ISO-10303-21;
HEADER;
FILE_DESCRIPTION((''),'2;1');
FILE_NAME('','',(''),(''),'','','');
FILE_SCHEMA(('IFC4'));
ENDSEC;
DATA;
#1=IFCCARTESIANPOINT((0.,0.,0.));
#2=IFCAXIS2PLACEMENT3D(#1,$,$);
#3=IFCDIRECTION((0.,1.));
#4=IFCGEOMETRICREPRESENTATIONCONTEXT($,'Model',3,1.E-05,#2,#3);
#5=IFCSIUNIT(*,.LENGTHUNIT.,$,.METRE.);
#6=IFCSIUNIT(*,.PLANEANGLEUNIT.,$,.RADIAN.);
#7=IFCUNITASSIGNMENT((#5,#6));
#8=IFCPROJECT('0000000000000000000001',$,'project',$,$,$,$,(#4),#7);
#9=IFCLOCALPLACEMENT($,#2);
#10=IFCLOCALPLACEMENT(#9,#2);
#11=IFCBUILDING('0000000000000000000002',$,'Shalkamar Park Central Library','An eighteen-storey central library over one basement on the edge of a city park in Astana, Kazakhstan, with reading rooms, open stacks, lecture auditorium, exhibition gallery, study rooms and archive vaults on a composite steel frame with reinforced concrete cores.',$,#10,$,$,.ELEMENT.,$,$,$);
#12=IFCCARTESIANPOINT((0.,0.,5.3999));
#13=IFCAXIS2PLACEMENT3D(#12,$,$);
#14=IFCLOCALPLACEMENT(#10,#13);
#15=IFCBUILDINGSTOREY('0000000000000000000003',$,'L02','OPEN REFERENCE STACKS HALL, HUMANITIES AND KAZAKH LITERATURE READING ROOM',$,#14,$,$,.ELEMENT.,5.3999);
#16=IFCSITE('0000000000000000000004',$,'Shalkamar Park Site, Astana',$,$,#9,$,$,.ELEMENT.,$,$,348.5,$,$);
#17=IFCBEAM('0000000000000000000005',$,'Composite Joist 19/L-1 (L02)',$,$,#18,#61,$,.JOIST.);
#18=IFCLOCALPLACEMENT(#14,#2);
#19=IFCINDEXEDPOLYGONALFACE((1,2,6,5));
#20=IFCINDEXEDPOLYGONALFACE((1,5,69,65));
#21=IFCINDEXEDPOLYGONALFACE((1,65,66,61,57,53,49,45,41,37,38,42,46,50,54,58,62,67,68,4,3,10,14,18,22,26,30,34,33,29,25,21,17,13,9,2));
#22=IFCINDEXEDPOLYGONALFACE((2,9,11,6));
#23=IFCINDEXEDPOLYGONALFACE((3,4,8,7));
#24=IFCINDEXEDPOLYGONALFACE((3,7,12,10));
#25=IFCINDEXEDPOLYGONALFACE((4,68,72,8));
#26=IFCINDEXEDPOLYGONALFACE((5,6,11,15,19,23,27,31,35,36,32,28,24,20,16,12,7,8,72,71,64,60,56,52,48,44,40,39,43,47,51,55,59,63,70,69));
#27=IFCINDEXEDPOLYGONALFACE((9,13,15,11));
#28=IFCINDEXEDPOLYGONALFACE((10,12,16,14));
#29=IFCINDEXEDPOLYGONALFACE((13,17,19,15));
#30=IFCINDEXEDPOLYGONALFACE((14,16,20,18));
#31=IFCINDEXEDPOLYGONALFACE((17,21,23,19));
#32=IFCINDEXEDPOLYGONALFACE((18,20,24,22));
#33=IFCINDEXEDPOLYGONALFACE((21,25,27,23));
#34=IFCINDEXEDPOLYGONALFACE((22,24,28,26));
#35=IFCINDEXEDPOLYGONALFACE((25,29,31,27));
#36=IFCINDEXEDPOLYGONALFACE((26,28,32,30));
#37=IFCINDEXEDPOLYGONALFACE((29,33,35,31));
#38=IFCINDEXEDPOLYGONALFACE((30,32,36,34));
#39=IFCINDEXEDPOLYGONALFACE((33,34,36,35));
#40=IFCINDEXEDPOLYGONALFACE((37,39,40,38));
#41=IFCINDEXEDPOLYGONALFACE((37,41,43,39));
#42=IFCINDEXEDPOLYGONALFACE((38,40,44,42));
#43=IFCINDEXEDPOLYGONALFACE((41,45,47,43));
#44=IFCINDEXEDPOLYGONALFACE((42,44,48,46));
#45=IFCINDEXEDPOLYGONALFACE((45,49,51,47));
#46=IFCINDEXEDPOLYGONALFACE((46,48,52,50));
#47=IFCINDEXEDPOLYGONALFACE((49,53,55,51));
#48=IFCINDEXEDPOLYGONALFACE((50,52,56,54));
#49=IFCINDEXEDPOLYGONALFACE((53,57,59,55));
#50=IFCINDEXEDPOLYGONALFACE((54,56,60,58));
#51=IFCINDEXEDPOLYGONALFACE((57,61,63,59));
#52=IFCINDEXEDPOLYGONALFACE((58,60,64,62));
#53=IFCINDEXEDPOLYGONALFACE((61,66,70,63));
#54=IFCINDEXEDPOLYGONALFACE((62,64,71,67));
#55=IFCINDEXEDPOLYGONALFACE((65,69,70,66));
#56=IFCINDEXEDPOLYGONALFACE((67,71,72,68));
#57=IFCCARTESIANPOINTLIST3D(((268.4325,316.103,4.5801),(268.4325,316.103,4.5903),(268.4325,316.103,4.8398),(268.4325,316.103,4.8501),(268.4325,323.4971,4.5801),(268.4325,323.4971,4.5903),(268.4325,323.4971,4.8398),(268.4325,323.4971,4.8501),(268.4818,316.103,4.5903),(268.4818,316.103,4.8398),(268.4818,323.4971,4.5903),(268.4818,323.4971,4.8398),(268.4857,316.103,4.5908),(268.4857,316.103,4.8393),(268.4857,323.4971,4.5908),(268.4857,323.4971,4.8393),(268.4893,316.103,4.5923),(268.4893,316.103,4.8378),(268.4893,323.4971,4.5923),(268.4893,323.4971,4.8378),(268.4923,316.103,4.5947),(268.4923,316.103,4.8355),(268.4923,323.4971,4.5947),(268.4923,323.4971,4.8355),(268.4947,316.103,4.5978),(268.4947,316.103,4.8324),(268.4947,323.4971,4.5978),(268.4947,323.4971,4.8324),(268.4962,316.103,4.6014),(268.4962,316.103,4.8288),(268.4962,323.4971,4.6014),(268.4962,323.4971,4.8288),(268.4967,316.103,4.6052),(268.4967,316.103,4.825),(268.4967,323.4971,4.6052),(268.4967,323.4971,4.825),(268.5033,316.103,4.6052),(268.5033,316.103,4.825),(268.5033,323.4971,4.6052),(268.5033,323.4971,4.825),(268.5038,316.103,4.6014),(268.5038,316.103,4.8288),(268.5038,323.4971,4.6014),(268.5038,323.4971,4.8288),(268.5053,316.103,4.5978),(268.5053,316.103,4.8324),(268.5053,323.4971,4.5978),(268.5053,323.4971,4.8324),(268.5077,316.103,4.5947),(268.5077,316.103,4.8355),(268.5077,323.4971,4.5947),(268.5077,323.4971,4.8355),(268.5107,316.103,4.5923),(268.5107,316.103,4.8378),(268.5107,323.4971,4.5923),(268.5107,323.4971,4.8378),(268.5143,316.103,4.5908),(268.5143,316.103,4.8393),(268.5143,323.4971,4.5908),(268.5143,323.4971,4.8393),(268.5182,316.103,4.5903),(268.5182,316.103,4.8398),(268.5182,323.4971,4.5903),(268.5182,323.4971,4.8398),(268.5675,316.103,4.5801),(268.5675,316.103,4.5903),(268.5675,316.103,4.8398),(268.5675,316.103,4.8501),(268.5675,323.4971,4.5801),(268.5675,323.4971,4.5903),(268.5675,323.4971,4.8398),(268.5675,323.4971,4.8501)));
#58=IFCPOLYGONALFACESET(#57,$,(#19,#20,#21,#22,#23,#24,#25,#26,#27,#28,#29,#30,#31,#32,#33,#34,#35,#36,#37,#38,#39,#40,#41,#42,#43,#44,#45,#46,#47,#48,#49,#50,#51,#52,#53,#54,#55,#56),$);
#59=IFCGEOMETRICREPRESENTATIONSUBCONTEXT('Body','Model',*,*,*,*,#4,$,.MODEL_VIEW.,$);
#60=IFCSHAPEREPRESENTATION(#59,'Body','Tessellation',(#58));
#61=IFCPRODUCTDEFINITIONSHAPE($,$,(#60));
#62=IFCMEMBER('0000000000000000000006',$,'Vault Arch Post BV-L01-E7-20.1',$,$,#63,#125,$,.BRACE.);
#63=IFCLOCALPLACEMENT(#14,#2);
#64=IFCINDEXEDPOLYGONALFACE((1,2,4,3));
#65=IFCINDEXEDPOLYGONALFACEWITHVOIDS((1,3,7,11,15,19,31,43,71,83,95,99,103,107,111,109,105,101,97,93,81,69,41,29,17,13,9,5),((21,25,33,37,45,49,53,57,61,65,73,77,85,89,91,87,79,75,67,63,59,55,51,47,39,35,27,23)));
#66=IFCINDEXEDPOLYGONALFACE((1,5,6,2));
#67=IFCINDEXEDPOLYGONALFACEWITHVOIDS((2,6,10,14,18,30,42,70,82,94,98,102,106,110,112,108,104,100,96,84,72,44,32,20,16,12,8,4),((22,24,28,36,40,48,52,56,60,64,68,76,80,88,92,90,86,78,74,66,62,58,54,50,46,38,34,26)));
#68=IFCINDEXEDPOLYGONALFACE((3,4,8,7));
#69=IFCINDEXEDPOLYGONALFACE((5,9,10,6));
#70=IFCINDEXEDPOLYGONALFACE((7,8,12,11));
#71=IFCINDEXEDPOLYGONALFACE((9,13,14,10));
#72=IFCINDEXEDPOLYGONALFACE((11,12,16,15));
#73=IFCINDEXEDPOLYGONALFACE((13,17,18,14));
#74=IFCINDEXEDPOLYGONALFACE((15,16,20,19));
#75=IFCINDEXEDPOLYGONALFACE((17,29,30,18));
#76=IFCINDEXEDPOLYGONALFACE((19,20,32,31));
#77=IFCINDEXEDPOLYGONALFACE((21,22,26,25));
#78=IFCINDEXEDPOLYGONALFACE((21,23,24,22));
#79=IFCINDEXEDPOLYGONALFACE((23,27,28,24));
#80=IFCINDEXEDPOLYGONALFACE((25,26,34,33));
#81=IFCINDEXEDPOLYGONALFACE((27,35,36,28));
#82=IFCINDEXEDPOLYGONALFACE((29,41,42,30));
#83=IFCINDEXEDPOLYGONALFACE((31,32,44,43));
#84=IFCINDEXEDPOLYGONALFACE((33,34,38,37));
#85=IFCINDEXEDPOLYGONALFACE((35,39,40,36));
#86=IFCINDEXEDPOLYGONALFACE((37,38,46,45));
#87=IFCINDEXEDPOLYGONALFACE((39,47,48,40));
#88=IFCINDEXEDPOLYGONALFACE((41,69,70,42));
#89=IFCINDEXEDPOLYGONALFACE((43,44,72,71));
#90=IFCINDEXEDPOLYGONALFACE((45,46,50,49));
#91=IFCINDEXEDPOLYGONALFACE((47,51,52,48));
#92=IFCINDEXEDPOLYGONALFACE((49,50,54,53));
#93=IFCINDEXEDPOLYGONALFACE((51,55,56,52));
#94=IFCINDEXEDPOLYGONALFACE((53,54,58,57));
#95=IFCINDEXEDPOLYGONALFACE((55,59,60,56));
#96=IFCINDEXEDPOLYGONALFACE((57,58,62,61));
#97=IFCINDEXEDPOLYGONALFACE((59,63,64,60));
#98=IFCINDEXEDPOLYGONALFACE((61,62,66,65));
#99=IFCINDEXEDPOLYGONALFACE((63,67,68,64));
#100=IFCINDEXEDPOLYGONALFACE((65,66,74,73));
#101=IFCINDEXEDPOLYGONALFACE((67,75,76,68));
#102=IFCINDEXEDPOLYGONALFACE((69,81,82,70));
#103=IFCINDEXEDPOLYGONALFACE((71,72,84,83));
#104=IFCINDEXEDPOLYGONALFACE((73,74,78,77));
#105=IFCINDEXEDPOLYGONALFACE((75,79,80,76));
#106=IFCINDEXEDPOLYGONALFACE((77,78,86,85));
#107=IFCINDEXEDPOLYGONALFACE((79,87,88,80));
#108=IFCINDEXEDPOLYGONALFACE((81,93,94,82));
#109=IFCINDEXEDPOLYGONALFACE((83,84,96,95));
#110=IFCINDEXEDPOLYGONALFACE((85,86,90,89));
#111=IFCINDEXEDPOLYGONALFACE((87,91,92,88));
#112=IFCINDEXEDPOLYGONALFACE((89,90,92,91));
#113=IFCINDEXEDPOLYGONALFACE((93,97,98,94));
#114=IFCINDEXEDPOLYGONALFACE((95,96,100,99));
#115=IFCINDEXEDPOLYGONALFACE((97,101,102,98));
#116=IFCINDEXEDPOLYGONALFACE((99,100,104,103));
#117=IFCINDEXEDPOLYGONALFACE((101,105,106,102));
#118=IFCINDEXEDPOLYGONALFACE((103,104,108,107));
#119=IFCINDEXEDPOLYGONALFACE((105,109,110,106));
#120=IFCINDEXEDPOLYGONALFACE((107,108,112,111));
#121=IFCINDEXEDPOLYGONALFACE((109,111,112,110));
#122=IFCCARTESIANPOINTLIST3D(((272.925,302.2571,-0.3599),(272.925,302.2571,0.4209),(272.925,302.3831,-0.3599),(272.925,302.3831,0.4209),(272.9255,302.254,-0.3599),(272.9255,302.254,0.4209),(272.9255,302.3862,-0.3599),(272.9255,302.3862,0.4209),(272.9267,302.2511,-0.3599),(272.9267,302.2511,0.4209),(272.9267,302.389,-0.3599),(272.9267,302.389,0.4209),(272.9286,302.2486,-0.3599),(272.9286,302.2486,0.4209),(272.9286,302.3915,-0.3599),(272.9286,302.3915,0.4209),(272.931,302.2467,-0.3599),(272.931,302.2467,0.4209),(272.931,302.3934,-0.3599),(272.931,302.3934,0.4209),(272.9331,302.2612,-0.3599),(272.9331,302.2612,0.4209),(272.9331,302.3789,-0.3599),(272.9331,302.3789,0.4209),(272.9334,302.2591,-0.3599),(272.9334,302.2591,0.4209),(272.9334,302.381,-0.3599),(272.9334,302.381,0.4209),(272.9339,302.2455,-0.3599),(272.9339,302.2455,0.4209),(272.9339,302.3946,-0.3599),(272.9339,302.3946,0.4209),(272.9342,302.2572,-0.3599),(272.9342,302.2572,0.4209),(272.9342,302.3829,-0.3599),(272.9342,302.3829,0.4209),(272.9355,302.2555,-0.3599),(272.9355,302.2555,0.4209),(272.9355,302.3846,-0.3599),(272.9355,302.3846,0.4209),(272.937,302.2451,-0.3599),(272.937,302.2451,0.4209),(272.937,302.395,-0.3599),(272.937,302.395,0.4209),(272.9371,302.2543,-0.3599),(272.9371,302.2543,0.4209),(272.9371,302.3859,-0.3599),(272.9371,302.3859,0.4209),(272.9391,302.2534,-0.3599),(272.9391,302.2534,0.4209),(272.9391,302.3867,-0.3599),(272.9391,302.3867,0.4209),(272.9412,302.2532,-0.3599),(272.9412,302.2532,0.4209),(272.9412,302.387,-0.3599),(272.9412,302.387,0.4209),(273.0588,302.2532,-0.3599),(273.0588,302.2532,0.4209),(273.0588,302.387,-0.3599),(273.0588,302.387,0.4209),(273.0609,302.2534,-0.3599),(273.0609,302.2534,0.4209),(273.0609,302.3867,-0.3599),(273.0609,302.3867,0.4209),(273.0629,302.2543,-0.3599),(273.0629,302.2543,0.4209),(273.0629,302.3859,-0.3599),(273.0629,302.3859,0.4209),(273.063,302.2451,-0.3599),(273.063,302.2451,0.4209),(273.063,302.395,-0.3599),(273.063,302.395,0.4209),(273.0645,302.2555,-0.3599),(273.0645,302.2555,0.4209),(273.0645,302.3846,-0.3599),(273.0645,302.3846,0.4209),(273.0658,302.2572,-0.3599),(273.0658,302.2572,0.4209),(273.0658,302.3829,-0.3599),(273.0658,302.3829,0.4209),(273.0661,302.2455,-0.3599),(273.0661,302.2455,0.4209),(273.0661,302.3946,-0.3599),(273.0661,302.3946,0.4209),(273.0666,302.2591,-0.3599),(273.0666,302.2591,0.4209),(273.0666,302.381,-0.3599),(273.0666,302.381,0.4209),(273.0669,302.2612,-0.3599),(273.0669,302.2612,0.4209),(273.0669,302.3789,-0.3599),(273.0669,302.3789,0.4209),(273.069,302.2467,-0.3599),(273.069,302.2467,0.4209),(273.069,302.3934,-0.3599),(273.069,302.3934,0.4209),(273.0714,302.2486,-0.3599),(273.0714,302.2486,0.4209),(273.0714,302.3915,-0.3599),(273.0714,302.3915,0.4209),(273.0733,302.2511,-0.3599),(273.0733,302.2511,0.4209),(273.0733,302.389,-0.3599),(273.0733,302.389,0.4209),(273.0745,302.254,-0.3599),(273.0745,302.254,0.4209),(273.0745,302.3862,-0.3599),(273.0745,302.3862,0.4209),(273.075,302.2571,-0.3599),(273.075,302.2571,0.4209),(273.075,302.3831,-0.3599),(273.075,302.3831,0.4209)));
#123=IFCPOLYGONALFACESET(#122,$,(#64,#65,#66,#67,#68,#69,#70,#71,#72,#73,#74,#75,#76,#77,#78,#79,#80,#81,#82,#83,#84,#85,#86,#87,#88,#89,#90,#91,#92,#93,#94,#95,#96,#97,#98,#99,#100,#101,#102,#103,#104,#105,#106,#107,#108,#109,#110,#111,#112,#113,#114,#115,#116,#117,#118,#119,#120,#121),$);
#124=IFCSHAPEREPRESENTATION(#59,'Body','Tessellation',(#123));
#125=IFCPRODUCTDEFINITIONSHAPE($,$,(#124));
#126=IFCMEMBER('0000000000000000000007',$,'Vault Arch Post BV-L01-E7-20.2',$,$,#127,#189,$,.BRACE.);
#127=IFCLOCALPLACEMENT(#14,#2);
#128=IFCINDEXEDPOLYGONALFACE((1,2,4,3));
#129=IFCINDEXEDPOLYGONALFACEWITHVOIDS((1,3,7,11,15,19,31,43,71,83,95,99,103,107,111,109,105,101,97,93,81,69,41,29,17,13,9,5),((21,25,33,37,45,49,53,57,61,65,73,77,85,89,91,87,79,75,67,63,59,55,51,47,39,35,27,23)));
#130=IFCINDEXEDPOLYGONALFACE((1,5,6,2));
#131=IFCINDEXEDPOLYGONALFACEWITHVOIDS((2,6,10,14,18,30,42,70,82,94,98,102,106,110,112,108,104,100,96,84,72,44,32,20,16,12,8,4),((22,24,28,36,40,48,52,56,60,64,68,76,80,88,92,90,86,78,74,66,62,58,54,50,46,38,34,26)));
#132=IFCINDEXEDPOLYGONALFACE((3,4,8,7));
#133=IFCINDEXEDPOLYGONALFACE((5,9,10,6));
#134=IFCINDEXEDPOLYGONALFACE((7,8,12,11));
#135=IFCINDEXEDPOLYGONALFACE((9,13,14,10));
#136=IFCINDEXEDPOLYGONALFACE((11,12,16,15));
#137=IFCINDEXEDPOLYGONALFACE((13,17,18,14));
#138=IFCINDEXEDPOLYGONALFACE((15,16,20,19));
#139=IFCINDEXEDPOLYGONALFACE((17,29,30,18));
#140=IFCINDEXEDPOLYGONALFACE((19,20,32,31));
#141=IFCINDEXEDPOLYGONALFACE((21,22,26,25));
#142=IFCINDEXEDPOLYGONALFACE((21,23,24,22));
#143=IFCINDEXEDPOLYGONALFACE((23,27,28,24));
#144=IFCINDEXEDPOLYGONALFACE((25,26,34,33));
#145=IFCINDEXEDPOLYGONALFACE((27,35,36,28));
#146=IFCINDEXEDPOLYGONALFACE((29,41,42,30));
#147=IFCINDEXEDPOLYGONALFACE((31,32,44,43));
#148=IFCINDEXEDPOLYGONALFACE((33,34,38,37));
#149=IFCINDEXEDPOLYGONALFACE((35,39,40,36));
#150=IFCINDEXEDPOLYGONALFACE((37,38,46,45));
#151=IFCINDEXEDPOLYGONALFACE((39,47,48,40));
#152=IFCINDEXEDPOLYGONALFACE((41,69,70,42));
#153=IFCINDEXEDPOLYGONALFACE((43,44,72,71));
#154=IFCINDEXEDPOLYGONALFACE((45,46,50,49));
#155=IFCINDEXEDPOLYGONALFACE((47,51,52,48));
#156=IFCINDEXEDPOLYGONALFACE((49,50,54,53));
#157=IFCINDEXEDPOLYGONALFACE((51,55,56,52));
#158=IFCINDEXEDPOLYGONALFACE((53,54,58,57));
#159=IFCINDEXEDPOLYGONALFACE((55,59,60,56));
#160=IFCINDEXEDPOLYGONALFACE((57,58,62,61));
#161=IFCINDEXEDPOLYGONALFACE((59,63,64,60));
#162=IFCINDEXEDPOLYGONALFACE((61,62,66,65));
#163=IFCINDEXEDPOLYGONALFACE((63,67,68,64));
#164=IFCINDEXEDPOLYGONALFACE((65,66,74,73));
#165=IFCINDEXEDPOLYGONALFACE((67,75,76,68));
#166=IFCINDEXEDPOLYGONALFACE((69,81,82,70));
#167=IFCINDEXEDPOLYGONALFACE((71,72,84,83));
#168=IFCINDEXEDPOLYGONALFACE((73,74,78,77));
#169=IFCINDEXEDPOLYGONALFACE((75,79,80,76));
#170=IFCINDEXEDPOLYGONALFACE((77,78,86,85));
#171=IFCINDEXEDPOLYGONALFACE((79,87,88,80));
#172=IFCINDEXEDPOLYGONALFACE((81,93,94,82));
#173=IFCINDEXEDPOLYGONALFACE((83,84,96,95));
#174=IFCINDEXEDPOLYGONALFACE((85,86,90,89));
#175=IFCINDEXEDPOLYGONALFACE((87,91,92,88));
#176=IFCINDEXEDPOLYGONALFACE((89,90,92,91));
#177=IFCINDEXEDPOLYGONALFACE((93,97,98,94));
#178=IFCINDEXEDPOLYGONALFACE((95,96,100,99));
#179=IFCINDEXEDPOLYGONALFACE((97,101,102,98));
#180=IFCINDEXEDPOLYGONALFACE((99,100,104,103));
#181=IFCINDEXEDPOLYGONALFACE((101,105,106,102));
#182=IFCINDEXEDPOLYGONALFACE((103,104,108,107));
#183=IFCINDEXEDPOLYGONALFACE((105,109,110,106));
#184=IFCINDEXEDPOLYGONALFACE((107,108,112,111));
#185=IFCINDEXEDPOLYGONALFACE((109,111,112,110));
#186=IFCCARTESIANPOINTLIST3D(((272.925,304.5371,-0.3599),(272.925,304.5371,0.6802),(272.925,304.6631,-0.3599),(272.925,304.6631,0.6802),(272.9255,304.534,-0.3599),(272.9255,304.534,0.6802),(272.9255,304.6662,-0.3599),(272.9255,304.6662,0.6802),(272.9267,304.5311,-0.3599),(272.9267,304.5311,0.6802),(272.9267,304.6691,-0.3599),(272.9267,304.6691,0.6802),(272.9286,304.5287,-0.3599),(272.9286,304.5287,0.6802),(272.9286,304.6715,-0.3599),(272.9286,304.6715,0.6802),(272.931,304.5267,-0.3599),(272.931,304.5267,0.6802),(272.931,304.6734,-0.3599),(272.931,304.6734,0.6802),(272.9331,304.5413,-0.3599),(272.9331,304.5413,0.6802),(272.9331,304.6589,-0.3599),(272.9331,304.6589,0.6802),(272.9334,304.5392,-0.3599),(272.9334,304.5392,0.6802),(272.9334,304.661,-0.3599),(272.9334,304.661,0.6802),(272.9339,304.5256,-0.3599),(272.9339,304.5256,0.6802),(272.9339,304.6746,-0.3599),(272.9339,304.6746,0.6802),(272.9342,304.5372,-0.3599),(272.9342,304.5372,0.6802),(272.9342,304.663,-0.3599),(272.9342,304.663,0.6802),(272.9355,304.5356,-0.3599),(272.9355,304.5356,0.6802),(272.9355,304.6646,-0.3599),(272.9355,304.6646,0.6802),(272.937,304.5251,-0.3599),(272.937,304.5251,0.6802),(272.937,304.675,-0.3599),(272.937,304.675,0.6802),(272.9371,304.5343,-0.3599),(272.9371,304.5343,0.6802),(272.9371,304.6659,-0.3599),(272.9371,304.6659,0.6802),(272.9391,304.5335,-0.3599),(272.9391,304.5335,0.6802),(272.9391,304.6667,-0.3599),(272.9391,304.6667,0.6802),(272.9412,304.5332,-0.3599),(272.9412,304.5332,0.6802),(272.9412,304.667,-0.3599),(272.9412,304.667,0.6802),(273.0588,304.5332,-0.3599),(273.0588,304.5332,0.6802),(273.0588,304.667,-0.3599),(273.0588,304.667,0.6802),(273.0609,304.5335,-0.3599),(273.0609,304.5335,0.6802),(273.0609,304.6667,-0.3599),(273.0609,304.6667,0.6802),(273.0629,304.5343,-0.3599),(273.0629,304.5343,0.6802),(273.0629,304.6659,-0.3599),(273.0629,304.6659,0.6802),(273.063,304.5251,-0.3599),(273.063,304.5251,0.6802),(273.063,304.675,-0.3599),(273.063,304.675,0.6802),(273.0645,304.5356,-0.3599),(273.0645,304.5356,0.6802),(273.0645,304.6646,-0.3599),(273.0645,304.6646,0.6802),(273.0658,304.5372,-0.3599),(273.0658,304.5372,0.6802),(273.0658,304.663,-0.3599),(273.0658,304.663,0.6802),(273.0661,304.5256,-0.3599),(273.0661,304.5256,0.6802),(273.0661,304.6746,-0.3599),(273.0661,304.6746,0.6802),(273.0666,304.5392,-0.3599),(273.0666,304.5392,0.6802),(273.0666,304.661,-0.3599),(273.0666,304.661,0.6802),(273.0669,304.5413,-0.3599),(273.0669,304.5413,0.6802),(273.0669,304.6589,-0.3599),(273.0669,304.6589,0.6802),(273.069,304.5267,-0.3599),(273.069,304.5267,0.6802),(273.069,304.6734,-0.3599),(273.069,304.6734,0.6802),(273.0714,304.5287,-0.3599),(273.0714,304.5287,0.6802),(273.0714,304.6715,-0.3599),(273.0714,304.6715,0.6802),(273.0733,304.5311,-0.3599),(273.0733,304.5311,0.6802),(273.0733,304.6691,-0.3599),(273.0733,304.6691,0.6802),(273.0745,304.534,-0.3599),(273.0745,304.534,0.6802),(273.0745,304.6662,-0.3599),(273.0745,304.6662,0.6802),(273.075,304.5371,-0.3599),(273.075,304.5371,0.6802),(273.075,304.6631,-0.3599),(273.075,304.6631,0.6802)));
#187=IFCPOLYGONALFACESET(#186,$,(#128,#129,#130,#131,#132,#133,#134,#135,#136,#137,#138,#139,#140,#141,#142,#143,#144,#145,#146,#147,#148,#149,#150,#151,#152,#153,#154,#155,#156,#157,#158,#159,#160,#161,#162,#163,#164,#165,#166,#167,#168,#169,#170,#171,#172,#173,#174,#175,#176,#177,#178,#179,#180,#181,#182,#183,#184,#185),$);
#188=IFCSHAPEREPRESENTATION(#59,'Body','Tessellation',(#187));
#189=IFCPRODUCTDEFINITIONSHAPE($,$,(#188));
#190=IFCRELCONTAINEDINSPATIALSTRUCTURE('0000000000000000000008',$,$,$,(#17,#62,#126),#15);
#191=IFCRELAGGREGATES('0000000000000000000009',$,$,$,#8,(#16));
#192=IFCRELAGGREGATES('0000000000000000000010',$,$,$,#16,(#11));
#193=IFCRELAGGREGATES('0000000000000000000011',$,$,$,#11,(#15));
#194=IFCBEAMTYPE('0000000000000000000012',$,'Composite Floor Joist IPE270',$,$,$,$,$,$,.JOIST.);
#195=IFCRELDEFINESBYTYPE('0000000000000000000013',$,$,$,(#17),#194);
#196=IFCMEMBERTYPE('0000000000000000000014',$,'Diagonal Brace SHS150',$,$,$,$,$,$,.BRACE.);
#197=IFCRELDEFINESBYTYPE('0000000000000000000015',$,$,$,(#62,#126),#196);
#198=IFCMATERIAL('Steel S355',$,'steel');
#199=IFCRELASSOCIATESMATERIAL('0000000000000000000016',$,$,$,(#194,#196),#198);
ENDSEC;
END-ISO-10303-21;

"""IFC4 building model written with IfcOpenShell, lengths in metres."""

from ifc_helpers import new_model, si_unit, direction, frame, origin, origin_2d, place, context, subcontext, project, spatial, hollow_rectangle, i_section, extrude, material, material_profile, profile_set, type_object, element, save


model = new_model("IFC4")

# Units and contexts
model_context = context("Model", 3, precision=1e-05, world=origin(), true_north=direction((0.0, 1.0)))
body_context = subcontext(model_context, "Body", "Model", "MODEL_VIEW")
ifc_project = project(units=[si_unit("LENGTHUNIT", "METRE"), si_unit("PLANEANGLEUNIT", "RADIAN")], contexts=[model_context])

# Site, building, storey
site_placement = place(None, origin())
site = spatial("IfcSite", under=ifc_project, at=site_placement, Name="Shalkamar Park Site, Astana", CompositionType="ELEMENT", RefElevation=348.5)
building_placement = place(site_placement, origin())
building = spatial("IfcBuilding", under=site, at=building_placement, Name="Shalkamar Park Central Library", Description="An eighteen-storey central library over one basement on the edge of a city park in Astana, Kazakhstan, with reading rooms, open stacks, lecture auditorium, exhibition gallery, study rooms and archive vaults on a composite steel frame with reinforced concrete cores.", CompositionType="ELEMENT")
storey_placement = place(building_placement, frame((0.0, 0.0, 5.3999)))
storey = spatial("IfcBuildingStorey", under=building, at=storey_placement, Name="L02", Description="OPEN REFERENCE STACKS HALL, HUMANITIES AND KAZAKH LITERATURE READING ROOM", CompositionType="ELEMENT", Elevation=5.3999)

# Shared definitions
ifc_material_1 = material(Name="Steel S355", Category="steel")

# Beam
ifc_material_profile_1 = material_profile(ifc_material_1, i_section(OverallWidth=0.135, OverallDepth=0.27, WebThickness=0.0066, FlangeThickness=0.0103, FilletRadius=0.0149, at=origin_2d()), Name="IPE 270")
ifc_profile_set_1 = profile_set([ifc_material_profile_1], Name="Steel S355")
beam_type_1 = type_object("IfcBeamType", Name="Composite Floor Joist IPE270", PredefinedType="JOIST", material=ifc_profile_set_1)
for number, where, z_axis, x_axis, name in (
    (1, (268.5, 316.103, 4.7151), (0.0, 1.0, 0.0), (-1.0, 0.0, 0.0), "Composite Joist 19/L-1 (L02)"),
):
    element("IfcBeam", number, at=place(storey_placement, frame(where, z_axis=z_axis, x_axis=x_axis)), inside=storey, type_object=beam_type_1, Name=name, PredefinedType="JOIST", context=body_context, shape_type="SweptSolid", body=[
        extrude(i_section(OverallWidth=0.135, OverallDepth=0.27, WebThickness=0.0066, FlangeThickness=0.0103, FilletRadius=0.0149, at=origin_2d()), origin(), (0.0, 0.0, 1.0), 7.394),
    ])

# Members
ifc_material_profile_2 = material_profile(ifc_material_1, hollow_rectangle(XDim=0.1499, YDim=0.1499, WallThickness=0.0081, InnerFilletRadius=0.0081, OuterFilletRadius=0.012, at=origin_2d()), Name="SHS 150x150x8")
ifc_profile_set_2 = profile_set([ifc_material_profile_2], Name="Steel S355")
member_type_1 = type_object("IfcMemberType", Name="Diagonal Brace SHS150", PredefinedType="BRACE", material=ifc_profile_set_2)
member_1_placement = place(storey_placement, frame((273.0, 302.3201, -0.3599), z_axis=(0.0, 0.0, 1.0), x_axis=(1.0, 0.0, 0.0)))
element("IfcMember", 2, at=member_1_placement, inside=storey, type_object=member_type_1, Name="Vault Arch Post BV-L01-E7-20.1", PredefinedType="BRACE", context=body_context, shape_type="SweptSolid", body=[
    extrude(hollow_rectangle(XDim=0.1499, YDim=0.1499, WallThickness=0.0081, InnerFilletRadius=0.0081, OuterFilletRadius=0.012, at=origin_2d()), origin(), (0.0, 0.0, 1.0), 0.7808),
])
member_2_placement = place(storey_placement, frame((273.0, 304.6001, -0.3599), z_axis=(0.0, 0.0, 1.0), x_axis=(1.0, 0.0, 0.0)))
element("IfcMember", 3, at=member_2_placement, inside=storey, type_object=member_type_1, Name="Vault Arch Post BV-L01-E7-20.2", PredefinedType="BRACE", context=body_context, shape_type="SweptSolid", body=[
    extrude(hollow_rectangle(XDim=0.1499, YDim=0.1499, WallThickness=0.0081, InnerFilletRadius=0.0081, OuterFilletRadius=0.012, at=origin_2d()), origin(), (0.0, 0.0, 1.0), 1.04),
])

save(model, "model.ifc")
